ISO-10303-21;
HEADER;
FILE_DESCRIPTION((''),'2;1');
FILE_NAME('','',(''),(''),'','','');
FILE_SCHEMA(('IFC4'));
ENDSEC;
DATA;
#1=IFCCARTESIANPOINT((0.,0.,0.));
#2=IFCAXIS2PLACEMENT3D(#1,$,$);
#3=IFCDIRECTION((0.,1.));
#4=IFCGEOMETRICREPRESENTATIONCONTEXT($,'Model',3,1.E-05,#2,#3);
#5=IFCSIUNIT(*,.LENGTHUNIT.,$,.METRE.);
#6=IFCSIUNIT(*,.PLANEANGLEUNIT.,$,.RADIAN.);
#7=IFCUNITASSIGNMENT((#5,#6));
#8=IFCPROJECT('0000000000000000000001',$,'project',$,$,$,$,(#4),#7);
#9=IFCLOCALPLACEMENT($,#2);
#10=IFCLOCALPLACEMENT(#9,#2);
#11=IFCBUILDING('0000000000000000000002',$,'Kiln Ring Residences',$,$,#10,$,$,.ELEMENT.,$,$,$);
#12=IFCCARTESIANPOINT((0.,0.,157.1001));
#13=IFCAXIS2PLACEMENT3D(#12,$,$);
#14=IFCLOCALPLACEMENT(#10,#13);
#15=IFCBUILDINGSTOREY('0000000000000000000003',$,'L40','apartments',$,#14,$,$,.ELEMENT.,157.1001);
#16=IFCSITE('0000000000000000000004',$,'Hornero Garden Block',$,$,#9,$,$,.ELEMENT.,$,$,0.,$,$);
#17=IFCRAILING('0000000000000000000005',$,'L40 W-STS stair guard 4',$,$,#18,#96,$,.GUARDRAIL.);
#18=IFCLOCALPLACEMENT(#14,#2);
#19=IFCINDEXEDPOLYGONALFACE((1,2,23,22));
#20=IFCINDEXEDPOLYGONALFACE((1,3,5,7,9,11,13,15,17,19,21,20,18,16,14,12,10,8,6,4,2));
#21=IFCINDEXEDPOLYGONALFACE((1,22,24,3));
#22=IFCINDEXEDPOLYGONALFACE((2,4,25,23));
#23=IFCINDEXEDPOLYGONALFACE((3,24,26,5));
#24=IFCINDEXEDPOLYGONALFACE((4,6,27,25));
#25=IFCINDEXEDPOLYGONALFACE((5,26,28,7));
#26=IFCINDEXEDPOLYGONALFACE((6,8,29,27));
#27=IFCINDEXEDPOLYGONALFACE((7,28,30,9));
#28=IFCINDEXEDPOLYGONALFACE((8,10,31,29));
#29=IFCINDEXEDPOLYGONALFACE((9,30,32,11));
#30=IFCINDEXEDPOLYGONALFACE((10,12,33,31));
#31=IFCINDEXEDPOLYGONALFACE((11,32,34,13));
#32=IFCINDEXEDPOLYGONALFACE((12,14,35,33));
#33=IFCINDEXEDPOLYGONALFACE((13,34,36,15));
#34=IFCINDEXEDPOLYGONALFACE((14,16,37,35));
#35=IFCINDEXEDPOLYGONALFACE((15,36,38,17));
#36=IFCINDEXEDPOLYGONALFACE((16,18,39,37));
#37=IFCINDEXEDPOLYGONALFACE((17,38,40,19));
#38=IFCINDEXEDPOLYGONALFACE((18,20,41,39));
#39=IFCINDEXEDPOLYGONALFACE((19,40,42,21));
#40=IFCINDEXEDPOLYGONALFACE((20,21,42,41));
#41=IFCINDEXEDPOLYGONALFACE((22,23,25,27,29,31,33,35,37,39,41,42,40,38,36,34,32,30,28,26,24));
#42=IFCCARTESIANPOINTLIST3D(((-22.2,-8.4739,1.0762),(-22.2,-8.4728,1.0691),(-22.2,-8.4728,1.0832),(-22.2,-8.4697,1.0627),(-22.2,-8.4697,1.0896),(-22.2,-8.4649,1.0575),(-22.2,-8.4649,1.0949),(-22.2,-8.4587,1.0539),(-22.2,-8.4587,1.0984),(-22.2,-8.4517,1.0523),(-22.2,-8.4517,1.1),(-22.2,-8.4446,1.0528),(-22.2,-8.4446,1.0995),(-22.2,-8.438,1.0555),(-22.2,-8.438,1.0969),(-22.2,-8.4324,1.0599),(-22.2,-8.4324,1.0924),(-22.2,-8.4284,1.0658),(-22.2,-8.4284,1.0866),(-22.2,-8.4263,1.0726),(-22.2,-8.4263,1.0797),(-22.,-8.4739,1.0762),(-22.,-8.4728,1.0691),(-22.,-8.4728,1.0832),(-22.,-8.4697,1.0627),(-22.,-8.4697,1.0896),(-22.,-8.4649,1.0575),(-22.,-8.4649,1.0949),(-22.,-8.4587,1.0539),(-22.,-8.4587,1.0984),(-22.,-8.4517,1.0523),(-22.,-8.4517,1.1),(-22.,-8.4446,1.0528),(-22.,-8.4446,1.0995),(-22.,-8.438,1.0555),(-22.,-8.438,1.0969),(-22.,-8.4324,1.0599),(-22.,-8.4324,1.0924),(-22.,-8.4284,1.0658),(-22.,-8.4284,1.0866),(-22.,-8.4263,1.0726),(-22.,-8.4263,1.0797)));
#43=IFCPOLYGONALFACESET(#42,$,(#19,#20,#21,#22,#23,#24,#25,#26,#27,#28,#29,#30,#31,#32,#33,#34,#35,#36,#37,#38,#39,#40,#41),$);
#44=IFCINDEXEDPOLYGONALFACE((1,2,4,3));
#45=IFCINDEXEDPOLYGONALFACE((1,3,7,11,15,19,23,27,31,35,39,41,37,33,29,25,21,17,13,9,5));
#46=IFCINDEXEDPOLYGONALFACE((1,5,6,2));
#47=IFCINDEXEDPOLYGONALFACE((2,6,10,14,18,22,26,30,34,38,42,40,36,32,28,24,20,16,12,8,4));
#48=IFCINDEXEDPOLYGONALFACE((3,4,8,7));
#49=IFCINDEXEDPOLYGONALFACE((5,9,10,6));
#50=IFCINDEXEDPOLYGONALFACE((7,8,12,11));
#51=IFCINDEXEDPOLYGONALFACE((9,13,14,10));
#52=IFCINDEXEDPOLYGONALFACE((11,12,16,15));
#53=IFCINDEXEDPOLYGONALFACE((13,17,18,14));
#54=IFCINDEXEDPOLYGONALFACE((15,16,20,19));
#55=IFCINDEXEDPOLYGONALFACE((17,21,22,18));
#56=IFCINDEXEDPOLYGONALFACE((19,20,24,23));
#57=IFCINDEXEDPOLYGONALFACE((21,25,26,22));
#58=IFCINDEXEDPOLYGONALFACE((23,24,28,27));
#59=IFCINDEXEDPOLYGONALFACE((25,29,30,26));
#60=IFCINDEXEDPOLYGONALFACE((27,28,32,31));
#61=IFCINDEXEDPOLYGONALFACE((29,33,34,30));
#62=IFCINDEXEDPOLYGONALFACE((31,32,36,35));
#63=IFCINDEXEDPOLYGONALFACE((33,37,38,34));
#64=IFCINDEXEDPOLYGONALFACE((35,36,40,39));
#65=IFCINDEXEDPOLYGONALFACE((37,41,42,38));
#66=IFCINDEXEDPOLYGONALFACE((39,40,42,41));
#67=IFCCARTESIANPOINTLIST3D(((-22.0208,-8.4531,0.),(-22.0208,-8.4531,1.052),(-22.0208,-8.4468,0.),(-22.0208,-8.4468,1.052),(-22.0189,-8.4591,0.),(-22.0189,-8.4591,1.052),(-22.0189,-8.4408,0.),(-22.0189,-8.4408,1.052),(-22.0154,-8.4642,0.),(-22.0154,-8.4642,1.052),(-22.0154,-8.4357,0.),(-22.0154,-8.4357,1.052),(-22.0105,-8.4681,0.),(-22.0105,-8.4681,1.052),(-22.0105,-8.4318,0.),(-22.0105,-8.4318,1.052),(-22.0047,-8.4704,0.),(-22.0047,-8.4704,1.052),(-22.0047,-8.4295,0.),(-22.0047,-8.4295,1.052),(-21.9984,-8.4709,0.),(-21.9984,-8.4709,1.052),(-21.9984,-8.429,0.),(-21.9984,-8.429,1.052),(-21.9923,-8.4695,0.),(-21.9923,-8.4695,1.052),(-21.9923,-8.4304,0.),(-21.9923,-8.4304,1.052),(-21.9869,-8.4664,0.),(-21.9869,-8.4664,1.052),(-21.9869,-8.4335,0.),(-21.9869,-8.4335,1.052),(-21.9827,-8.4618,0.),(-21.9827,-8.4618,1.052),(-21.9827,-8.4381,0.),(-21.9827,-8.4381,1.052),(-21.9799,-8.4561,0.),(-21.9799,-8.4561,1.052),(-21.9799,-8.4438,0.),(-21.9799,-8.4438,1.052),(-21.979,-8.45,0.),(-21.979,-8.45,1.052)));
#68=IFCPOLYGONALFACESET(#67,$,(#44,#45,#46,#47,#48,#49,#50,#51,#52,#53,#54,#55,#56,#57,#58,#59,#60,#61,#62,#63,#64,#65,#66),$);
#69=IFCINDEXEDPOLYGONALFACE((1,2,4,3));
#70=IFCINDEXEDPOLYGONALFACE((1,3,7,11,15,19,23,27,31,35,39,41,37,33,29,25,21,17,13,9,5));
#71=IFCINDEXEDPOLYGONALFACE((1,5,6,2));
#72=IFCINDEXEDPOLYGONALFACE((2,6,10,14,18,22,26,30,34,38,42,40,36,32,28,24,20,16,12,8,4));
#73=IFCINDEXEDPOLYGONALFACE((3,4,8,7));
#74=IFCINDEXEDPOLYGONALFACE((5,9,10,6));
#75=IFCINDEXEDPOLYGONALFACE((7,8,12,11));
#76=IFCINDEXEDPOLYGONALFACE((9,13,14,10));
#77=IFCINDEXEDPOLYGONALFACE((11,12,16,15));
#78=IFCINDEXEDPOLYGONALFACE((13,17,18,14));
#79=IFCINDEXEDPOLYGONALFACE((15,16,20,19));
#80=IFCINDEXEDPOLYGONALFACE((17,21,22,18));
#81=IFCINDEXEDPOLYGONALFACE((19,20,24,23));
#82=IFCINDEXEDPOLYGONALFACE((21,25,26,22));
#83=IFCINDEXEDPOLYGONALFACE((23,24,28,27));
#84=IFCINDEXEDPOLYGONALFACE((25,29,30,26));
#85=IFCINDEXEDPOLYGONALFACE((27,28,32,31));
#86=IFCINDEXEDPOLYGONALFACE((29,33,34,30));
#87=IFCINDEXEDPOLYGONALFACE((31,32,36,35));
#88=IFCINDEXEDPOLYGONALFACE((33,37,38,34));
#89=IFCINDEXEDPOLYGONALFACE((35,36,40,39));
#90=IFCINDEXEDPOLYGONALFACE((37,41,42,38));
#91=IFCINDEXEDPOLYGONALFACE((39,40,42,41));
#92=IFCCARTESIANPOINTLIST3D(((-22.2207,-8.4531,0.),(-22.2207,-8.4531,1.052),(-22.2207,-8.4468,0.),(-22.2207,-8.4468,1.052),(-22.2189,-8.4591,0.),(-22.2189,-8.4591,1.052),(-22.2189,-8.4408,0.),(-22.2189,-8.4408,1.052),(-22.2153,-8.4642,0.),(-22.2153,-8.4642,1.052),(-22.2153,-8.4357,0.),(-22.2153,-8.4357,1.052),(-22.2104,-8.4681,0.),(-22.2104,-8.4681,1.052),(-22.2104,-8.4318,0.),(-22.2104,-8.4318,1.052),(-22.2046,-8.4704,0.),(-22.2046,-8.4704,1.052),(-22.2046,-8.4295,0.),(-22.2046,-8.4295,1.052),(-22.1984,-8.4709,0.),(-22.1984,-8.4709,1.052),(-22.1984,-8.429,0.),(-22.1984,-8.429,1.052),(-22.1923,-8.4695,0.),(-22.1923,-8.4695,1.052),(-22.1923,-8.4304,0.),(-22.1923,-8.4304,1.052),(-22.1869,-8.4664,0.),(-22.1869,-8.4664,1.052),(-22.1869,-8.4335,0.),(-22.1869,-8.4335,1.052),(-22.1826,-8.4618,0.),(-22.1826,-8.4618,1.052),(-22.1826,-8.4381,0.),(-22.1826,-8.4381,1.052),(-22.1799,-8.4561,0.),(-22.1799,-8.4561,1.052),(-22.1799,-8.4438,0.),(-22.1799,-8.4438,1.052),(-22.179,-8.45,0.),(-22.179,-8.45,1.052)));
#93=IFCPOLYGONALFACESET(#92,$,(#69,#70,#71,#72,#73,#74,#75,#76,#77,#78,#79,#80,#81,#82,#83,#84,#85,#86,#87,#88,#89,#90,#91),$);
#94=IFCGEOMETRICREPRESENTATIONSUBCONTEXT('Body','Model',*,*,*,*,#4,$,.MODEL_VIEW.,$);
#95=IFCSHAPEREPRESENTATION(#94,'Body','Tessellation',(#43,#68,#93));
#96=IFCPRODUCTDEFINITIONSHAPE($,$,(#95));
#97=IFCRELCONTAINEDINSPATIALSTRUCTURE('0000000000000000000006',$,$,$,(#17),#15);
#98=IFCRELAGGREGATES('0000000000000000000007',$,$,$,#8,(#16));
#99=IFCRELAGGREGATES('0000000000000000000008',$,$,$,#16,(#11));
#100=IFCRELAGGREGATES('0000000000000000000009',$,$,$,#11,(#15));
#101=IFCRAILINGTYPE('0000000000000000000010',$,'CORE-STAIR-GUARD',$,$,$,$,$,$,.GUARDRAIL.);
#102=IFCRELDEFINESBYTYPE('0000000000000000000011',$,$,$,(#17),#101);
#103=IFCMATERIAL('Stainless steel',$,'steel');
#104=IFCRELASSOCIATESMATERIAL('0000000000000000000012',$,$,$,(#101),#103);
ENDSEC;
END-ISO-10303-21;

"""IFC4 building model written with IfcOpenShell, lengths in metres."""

from ifc_helpers import new_model, si_unit, direction, frame, origin, origin_2d, place, context, subcontext, project, spatial, circle, extrude, material, type_object, element, save


model = new_model("IFC4")

# Units and contexts
model_context = context("Model", 3, precision=1e-05, world=origin(), true_north=direction((0.0, 1.0)))
body_context = subcontext(model_context, "Body", "Model", "MODEL_VIEW")
ifc_project = project(units=[si_unit("LENGTHUNIT", "METRE"), si_unit("PLANEANGLEUNIT", "RADIAN")], contexts=[model_context])

# Site, building, storey
site_placement = place(None, origin())
site = spatial("IfcSite", under=ifc_project, at=site_placement, Name="Hornero Garden Block", CompositionType="ELEMENT", RefElevation=0.0)
building_placement = place(site_placement, origin())
building = spatial("IfcBuilding", under=site, at=building_placement, Name="Kiln Ring Residences", CompositionType="ELEMENT")
storey_placement = place(building_placement, frame((0.0, 0.0, 157.1001)))
storey = spatial("IfcBuildingStorey", under=building, at=storey_placement, Name="L40", Description="apartments", CompositionType="ELEMENT", Elevation=157.1001)

# Railing
ifc_material_1 = material(Name="Stainless steel", Category="steel")
railing_type_1 = type_object("IfcRailingType", Name="CORE-STAIR-GUARD", PredefinedType="GUARDRAIL", material=ifc_material_1)
railing_1_placement = place(storey_placement, frame((-22.0, -8.45, 0.0)))
element("IfcRailing", 1, at=railing_1_placement, inside=storey, type_object=railing_type_1, Name="L40 W-STS stair guard 4", PredefinedType="GUARDRAIL", context=body_context, shape_type="SweptSolid", body=[
    extrude(circle(Radius=0.0239, at=origin_2d()), frame((0.0, 0.0, 1.0762), z_axis=(-1.0, 0.0, 0.0), x_axis=(0.0, -1.0, 0.0)), (0.0, 0.0, 1.0), 0.2),
    extrude(circle(Radius=0.021, at=origin_2d()), origin(), (0.0, 0.0, 1.0), 1.052),
    extrude(circle(Radius=0.021, at=origin_2d()), frame((-0.2, 0.0, 0.0)), (0.0, 0.0, 1.0), 1.052),
])

save(model, "model.ifc")
